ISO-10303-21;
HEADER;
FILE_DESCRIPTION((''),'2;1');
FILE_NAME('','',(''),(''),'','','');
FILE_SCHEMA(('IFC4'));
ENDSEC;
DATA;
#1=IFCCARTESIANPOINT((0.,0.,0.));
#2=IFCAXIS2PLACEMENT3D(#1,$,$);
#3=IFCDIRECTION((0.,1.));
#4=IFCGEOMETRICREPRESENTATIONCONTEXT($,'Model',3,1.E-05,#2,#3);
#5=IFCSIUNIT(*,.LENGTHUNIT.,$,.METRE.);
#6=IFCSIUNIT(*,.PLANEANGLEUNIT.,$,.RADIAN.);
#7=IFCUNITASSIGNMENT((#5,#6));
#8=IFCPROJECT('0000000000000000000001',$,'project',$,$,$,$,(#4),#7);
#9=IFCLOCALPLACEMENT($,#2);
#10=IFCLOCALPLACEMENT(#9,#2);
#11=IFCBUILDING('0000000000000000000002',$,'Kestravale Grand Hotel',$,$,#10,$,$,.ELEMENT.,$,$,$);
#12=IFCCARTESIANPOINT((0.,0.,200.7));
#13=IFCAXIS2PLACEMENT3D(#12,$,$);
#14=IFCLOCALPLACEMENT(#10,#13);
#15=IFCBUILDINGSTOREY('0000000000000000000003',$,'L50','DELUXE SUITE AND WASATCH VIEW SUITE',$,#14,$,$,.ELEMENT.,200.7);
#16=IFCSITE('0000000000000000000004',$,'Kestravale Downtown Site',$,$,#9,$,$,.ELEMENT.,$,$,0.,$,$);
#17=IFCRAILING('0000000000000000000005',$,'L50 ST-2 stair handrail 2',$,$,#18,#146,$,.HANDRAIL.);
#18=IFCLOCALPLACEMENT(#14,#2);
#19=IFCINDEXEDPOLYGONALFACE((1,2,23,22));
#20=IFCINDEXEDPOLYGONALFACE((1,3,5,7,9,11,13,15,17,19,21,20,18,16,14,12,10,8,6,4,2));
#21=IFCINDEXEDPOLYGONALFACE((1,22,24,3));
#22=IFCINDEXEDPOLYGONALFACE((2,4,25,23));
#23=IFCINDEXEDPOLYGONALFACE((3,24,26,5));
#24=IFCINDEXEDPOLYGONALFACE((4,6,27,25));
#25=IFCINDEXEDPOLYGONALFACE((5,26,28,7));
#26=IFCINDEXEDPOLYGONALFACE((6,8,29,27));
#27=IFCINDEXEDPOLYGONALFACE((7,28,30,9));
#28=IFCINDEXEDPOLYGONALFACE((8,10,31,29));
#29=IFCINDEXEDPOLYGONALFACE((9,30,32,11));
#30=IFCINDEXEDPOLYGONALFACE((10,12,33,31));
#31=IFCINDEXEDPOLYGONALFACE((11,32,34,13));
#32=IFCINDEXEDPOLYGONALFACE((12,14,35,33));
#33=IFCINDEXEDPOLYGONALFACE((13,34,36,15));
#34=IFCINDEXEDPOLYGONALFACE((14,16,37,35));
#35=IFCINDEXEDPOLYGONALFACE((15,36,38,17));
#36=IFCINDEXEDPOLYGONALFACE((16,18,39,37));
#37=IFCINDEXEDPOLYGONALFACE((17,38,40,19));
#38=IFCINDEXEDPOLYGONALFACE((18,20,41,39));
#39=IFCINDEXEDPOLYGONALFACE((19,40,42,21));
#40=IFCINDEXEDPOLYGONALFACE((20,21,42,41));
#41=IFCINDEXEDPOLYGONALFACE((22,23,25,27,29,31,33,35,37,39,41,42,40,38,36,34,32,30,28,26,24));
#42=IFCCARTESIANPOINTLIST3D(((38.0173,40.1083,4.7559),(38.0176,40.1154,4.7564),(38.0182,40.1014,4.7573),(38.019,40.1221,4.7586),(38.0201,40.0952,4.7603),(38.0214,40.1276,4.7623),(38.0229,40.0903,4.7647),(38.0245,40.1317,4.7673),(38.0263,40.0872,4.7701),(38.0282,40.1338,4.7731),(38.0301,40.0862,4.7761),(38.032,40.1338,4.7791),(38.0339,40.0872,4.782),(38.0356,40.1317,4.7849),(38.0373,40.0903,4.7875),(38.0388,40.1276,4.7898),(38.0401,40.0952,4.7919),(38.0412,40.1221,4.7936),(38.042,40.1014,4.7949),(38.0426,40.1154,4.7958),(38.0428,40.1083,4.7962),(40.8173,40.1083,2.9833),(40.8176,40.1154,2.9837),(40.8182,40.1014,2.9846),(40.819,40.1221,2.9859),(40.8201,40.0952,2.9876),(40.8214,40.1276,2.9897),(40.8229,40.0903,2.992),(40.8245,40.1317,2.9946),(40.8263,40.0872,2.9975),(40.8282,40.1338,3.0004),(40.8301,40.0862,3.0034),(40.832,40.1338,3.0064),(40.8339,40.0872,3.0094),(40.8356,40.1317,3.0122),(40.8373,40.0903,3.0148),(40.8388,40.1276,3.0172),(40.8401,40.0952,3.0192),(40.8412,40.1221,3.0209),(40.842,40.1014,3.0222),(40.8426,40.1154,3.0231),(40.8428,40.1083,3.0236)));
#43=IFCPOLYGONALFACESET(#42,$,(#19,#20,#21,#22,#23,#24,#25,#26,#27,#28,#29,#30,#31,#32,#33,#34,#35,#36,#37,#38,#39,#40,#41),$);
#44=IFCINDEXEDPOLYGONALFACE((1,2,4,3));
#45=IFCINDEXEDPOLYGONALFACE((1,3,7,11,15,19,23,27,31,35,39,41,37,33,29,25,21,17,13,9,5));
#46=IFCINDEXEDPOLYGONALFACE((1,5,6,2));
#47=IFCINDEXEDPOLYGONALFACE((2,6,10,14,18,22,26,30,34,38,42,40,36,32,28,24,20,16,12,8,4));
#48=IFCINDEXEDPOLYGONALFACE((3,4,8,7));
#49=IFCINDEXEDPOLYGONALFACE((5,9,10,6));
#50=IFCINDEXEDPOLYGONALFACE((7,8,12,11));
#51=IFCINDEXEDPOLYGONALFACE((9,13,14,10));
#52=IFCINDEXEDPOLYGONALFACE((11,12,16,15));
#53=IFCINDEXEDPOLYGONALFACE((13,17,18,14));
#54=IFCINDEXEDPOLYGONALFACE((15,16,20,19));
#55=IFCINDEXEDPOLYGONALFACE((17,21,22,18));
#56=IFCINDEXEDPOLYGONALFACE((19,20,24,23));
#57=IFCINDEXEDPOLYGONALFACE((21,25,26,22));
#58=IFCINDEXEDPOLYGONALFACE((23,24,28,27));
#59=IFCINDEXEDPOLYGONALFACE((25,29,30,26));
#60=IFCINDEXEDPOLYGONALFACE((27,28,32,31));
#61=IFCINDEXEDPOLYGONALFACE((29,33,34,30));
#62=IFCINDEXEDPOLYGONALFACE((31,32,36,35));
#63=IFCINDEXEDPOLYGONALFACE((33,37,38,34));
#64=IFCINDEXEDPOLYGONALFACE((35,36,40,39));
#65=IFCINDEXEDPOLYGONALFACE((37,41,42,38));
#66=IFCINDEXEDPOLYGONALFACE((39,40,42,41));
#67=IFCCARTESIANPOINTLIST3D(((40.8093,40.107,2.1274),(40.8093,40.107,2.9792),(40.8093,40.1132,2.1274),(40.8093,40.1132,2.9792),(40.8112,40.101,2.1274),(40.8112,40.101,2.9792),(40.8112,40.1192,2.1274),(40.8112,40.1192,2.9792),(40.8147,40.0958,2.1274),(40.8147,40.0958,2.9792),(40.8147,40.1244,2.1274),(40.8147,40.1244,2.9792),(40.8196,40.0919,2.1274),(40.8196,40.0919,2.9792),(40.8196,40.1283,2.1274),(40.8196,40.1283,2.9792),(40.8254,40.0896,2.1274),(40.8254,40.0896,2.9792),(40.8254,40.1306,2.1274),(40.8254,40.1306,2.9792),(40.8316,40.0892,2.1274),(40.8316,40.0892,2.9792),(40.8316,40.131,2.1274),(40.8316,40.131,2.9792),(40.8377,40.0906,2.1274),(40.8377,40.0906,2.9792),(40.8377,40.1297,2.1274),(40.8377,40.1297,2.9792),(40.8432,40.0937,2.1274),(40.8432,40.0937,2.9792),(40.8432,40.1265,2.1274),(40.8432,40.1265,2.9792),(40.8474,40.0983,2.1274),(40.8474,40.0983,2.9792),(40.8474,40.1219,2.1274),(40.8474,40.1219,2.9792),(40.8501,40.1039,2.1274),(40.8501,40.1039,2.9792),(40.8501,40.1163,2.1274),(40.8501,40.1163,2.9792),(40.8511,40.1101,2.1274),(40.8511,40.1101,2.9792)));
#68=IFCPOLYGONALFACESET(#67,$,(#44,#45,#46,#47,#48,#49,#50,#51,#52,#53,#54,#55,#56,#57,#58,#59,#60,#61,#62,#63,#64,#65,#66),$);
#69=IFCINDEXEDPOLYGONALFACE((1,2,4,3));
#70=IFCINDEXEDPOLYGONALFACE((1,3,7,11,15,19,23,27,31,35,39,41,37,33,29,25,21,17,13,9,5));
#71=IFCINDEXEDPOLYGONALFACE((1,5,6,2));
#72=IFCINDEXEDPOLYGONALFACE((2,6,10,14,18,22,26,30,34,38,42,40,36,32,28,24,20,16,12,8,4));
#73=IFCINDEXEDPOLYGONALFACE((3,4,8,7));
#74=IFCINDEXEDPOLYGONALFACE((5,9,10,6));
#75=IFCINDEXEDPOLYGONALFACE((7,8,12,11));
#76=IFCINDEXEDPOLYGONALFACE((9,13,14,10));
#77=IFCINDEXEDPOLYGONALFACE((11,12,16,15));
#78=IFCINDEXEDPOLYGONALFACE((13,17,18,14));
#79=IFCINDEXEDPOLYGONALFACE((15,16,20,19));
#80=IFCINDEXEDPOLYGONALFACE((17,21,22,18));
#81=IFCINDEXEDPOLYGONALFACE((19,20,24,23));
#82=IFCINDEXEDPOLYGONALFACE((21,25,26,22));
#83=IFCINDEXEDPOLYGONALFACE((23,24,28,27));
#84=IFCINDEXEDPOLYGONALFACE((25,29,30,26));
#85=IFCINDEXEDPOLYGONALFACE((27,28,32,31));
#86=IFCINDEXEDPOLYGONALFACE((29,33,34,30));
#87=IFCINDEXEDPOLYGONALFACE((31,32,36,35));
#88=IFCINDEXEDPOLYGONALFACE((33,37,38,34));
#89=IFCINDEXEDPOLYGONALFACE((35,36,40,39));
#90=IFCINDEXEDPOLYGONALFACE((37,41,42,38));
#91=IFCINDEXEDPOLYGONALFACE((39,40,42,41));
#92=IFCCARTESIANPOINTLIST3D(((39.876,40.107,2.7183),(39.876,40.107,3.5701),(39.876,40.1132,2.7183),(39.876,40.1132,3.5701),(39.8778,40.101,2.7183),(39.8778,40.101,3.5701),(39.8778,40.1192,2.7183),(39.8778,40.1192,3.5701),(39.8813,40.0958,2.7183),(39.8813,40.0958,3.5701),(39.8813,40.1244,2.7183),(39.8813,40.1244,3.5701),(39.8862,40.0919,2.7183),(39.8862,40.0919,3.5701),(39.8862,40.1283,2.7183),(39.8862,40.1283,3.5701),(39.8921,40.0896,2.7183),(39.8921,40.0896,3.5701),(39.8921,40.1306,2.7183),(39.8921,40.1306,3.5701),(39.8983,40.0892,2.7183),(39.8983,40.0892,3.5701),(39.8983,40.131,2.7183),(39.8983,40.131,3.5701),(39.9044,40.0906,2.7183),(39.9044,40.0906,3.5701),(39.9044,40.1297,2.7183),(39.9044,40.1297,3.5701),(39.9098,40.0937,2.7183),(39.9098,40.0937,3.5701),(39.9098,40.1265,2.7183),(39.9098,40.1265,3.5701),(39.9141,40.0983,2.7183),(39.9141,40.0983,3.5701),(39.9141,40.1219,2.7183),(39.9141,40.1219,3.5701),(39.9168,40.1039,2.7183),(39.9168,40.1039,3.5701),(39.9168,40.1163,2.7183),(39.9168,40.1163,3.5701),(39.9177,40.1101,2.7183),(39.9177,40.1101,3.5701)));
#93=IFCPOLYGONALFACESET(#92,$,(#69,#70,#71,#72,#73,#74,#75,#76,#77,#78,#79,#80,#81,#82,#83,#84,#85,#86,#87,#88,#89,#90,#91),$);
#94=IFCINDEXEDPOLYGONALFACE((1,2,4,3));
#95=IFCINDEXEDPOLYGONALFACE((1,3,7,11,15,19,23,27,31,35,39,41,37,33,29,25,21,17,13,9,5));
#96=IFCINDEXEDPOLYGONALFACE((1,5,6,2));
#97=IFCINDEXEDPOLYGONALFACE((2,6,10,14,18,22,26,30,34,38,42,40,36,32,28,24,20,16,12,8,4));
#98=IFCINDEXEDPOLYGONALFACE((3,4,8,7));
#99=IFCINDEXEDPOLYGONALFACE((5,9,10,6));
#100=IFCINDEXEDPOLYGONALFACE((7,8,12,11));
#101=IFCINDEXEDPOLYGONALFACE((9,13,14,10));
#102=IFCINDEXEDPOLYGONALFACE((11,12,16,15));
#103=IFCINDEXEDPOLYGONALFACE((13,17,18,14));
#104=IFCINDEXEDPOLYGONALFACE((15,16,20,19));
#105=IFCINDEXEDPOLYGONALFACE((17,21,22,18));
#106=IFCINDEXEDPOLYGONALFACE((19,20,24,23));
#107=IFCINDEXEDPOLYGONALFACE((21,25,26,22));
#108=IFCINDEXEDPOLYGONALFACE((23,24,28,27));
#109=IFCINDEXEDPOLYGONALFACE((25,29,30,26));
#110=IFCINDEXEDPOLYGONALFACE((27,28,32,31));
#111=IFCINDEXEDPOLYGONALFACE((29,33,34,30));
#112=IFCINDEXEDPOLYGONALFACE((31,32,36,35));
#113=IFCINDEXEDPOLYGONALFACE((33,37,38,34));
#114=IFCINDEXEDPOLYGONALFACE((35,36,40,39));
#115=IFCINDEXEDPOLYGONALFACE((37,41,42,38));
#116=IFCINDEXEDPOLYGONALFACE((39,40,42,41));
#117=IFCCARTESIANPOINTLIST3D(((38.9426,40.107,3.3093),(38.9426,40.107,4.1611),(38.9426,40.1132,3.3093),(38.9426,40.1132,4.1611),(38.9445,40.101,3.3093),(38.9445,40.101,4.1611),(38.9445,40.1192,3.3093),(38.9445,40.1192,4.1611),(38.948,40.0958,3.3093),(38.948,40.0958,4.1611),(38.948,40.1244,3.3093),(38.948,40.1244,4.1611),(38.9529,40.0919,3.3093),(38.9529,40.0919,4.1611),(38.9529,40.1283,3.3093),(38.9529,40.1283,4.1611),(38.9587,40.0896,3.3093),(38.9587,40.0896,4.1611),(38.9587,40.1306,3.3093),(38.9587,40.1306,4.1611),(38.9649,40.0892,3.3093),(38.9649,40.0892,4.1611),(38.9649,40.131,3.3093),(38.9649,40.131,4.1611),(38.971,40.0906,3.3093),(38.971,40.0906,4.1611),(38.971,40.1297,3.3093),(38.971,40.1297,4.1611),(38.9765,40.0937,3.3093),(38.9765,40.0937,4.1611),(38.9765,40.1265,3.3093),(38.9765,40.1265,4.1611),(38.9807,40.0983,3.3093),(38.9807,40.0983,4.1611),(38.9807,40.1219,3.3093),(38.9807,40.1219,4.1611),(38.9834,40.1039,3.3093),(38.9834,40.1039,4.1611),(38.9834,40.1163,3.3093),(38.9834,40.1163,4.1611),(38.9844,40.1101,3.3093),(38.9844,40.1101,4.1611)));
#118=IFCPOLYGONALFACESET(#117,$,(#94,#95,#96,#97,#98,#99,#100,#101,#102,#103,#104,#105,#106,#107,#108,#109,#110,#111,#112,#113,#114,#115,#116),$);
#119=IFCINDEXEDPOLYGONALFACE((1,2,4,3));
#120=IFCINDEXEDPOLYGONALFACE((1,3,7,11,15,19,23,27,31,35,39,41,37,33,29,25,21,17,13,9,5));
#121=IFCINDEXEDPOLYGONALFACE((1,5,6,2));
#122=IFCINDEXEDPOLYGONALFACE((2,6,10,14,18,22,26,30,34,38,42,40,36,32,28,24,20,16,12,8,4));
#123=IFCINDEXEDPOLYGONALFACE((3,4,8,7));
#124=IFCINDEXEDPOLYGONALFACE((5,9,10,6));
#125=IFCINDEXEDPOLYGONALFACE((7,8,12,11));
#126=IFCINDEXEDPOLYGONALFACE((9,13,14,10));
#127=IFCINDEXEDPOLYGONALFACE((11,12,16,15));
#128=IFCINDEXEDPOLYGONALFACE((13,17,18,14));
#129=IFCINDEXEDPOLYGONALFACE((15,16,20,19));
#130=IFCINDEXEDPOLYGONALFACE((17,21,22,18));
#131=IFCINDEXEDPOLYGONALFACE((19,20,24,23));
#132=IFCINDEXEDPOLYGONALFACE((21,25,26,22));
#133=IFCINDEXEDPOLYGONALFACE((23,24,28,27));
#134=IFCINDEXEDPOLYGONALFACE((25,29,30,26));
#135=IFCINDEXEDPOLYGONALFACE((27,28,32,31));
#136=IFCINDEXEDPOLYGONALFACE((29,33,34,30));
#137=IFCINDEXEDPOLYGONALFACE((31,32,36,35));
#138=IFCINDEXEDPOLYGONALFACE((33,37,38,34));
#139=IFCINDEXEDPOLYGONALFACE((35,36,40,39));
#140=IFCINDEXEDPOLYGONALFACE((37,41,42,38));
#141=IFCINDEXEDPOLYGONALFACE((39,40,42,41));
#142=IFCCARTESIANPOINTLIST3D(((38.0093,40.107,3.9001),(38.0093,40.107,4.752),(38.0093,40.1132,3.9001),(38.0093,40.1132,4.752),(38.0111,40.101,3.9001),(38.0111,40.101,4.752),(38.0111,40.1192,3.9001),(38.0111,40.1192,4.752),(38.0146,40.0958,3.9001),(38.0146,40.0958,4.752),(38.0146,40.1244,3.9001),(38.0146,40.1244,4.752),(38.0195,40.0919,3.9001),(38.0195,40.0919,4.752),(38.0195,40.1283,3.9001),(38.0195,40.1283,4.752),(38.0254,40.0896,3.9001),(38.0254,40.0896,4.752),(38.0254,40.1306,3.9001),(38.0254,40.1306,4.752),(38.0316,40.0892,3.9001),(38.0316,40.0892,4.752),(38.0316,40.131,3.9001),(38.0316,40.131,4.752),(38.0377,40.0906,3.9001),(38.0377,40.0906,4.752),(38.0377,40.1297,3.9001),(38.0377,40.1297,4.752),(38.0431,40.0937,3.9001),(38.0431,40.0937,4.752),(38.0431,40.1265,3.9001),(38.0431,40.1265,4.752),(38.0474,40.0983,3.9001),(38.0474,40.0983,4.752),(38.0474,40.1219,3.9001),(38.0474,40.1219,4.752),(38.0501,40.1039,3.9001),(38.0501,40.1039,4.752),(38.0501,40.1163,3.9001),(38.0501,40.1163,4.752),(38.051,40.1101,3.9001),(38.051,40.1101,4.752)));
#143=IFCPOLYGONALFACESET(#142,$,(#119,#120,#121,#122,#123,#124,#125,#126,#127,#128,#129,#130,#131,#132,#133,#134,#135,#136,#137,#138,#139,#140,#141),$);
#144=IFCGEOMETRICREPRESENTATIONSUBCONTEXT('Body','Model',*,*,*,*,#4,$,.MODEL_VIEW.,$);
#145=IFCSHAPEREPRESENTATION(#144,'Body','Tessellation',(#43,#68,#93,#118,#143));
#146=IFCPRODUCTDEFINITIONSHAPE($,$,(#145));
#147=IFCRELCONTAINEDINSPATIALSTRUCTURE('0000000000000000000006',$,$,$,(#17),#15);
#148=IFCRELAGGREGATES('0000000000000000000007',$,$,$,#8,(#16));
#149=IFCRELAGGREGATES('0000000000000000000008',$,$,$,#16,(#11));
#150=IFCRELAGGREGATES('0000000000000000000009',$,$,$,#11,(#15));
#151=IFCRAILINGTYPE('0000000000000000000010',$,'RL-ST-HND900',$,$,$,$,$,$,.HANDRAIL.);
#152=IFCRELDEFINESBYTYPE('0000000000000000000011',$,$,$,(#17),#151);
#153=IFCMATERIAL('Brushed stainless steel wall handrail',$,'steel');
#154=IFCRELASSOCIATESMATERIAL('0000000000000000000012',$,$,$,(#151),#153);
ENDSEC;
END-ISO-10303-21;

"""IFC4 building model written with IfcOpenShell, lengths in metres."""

from ifc_helpers import new_model, si_unit, direction, frame, origin, origin_2d, place, context, subcontext, project, spatial, circle, extrude, material, type_object, element, save


model = new_model("IFC4")

# Units and contexts
model_context = context("Model", 3, precision=1e-05, world=origin(), true_north=direction((0.0, 1.0)))
body_context = subcontext(model_context, "Body", "Model", "MODEL_VIEW")
ifc_project = project(units=[si_unit("LENGTHUNIT", "METRE"), si_unit("PLANEANGLEUNIT", "RADIAN")], contexts=[model_context])

# Site, building, storey
site_placement = place(None, origin())
site = spatial("IfcSite", under=ifc_project, at=site_placement, Name="Kestravale Downtown Site", CompositionType="ELEMENT", RefElevation=0.0)
building_placement = place(site_placement, origin())
building = spatial("IfcBuilding", under=site, at=building_placement, Name="Kestravale Grand Hotel", CompositionType="ELEMENT")
storey_placement = place(building_placement, frame((0.0, 0.0, 200.7)))
storey = spatial("IfcBuildingStorey", under=building, at=storey_placement, Name="L50", Description="DELUXE SUITE AND WASATCH VIEW SUITE", CompositionType="ELEMENT", Elevation=200.7)

# Railing
ifc_material_1 = material(Name="Brushed stainless steel wall handrail", Category="steel")
railing_type_1 = type_object("IfcRailingType", Name="RL-ST-HND900", PredefinedType="HANDRAIL", material=ifc_material_1)
railing_1_placement = place(storey_placement, frame((40.8301, 40.1101, 2.1274)))
element("IfcRailing", 1, at=railing_1_placement, inside=storey, type_object=railing_type_1, Name="L50 ST-2 stair handrail 2", PredefinedType="HANDRAIL", context=body_context, shape_type="SweptSolid", body=[
    extrude(circle(Radius=0.0239, at=origin_2d()), frame((0.0, 0.0, 0.876), z_axis=(-0.844909, 0.0, 0.53491), x_axis=(0.0, -1.0, 0.0)), (0.0, 0.0, 1.0), 3.314),
    extrude(circle(Radius=0.021, at=origin_2d()), origin(), (0.0, 0.0, 1.0), 0.8518),
    extrude(circle(Radius=0.021, at=origin_2d()), frame((-0.9333, 0.0, 0.5908)), (0.0, 0.0, 1.0), 0.8518),
    extrude(circle(Radius=0.021, at=origin_2d()), frame((-1.8667, 0.0, 1.1819)), (0.0, 0.0, 1.0), 0.8518),
    extrude(circle(Radius=0.021, at=origin_2d()), frame((-2.8, 0.0, 1.7727)), (0.0, 0.0, 1.0), 0.8518),
])

save(model, "model.ifc")
